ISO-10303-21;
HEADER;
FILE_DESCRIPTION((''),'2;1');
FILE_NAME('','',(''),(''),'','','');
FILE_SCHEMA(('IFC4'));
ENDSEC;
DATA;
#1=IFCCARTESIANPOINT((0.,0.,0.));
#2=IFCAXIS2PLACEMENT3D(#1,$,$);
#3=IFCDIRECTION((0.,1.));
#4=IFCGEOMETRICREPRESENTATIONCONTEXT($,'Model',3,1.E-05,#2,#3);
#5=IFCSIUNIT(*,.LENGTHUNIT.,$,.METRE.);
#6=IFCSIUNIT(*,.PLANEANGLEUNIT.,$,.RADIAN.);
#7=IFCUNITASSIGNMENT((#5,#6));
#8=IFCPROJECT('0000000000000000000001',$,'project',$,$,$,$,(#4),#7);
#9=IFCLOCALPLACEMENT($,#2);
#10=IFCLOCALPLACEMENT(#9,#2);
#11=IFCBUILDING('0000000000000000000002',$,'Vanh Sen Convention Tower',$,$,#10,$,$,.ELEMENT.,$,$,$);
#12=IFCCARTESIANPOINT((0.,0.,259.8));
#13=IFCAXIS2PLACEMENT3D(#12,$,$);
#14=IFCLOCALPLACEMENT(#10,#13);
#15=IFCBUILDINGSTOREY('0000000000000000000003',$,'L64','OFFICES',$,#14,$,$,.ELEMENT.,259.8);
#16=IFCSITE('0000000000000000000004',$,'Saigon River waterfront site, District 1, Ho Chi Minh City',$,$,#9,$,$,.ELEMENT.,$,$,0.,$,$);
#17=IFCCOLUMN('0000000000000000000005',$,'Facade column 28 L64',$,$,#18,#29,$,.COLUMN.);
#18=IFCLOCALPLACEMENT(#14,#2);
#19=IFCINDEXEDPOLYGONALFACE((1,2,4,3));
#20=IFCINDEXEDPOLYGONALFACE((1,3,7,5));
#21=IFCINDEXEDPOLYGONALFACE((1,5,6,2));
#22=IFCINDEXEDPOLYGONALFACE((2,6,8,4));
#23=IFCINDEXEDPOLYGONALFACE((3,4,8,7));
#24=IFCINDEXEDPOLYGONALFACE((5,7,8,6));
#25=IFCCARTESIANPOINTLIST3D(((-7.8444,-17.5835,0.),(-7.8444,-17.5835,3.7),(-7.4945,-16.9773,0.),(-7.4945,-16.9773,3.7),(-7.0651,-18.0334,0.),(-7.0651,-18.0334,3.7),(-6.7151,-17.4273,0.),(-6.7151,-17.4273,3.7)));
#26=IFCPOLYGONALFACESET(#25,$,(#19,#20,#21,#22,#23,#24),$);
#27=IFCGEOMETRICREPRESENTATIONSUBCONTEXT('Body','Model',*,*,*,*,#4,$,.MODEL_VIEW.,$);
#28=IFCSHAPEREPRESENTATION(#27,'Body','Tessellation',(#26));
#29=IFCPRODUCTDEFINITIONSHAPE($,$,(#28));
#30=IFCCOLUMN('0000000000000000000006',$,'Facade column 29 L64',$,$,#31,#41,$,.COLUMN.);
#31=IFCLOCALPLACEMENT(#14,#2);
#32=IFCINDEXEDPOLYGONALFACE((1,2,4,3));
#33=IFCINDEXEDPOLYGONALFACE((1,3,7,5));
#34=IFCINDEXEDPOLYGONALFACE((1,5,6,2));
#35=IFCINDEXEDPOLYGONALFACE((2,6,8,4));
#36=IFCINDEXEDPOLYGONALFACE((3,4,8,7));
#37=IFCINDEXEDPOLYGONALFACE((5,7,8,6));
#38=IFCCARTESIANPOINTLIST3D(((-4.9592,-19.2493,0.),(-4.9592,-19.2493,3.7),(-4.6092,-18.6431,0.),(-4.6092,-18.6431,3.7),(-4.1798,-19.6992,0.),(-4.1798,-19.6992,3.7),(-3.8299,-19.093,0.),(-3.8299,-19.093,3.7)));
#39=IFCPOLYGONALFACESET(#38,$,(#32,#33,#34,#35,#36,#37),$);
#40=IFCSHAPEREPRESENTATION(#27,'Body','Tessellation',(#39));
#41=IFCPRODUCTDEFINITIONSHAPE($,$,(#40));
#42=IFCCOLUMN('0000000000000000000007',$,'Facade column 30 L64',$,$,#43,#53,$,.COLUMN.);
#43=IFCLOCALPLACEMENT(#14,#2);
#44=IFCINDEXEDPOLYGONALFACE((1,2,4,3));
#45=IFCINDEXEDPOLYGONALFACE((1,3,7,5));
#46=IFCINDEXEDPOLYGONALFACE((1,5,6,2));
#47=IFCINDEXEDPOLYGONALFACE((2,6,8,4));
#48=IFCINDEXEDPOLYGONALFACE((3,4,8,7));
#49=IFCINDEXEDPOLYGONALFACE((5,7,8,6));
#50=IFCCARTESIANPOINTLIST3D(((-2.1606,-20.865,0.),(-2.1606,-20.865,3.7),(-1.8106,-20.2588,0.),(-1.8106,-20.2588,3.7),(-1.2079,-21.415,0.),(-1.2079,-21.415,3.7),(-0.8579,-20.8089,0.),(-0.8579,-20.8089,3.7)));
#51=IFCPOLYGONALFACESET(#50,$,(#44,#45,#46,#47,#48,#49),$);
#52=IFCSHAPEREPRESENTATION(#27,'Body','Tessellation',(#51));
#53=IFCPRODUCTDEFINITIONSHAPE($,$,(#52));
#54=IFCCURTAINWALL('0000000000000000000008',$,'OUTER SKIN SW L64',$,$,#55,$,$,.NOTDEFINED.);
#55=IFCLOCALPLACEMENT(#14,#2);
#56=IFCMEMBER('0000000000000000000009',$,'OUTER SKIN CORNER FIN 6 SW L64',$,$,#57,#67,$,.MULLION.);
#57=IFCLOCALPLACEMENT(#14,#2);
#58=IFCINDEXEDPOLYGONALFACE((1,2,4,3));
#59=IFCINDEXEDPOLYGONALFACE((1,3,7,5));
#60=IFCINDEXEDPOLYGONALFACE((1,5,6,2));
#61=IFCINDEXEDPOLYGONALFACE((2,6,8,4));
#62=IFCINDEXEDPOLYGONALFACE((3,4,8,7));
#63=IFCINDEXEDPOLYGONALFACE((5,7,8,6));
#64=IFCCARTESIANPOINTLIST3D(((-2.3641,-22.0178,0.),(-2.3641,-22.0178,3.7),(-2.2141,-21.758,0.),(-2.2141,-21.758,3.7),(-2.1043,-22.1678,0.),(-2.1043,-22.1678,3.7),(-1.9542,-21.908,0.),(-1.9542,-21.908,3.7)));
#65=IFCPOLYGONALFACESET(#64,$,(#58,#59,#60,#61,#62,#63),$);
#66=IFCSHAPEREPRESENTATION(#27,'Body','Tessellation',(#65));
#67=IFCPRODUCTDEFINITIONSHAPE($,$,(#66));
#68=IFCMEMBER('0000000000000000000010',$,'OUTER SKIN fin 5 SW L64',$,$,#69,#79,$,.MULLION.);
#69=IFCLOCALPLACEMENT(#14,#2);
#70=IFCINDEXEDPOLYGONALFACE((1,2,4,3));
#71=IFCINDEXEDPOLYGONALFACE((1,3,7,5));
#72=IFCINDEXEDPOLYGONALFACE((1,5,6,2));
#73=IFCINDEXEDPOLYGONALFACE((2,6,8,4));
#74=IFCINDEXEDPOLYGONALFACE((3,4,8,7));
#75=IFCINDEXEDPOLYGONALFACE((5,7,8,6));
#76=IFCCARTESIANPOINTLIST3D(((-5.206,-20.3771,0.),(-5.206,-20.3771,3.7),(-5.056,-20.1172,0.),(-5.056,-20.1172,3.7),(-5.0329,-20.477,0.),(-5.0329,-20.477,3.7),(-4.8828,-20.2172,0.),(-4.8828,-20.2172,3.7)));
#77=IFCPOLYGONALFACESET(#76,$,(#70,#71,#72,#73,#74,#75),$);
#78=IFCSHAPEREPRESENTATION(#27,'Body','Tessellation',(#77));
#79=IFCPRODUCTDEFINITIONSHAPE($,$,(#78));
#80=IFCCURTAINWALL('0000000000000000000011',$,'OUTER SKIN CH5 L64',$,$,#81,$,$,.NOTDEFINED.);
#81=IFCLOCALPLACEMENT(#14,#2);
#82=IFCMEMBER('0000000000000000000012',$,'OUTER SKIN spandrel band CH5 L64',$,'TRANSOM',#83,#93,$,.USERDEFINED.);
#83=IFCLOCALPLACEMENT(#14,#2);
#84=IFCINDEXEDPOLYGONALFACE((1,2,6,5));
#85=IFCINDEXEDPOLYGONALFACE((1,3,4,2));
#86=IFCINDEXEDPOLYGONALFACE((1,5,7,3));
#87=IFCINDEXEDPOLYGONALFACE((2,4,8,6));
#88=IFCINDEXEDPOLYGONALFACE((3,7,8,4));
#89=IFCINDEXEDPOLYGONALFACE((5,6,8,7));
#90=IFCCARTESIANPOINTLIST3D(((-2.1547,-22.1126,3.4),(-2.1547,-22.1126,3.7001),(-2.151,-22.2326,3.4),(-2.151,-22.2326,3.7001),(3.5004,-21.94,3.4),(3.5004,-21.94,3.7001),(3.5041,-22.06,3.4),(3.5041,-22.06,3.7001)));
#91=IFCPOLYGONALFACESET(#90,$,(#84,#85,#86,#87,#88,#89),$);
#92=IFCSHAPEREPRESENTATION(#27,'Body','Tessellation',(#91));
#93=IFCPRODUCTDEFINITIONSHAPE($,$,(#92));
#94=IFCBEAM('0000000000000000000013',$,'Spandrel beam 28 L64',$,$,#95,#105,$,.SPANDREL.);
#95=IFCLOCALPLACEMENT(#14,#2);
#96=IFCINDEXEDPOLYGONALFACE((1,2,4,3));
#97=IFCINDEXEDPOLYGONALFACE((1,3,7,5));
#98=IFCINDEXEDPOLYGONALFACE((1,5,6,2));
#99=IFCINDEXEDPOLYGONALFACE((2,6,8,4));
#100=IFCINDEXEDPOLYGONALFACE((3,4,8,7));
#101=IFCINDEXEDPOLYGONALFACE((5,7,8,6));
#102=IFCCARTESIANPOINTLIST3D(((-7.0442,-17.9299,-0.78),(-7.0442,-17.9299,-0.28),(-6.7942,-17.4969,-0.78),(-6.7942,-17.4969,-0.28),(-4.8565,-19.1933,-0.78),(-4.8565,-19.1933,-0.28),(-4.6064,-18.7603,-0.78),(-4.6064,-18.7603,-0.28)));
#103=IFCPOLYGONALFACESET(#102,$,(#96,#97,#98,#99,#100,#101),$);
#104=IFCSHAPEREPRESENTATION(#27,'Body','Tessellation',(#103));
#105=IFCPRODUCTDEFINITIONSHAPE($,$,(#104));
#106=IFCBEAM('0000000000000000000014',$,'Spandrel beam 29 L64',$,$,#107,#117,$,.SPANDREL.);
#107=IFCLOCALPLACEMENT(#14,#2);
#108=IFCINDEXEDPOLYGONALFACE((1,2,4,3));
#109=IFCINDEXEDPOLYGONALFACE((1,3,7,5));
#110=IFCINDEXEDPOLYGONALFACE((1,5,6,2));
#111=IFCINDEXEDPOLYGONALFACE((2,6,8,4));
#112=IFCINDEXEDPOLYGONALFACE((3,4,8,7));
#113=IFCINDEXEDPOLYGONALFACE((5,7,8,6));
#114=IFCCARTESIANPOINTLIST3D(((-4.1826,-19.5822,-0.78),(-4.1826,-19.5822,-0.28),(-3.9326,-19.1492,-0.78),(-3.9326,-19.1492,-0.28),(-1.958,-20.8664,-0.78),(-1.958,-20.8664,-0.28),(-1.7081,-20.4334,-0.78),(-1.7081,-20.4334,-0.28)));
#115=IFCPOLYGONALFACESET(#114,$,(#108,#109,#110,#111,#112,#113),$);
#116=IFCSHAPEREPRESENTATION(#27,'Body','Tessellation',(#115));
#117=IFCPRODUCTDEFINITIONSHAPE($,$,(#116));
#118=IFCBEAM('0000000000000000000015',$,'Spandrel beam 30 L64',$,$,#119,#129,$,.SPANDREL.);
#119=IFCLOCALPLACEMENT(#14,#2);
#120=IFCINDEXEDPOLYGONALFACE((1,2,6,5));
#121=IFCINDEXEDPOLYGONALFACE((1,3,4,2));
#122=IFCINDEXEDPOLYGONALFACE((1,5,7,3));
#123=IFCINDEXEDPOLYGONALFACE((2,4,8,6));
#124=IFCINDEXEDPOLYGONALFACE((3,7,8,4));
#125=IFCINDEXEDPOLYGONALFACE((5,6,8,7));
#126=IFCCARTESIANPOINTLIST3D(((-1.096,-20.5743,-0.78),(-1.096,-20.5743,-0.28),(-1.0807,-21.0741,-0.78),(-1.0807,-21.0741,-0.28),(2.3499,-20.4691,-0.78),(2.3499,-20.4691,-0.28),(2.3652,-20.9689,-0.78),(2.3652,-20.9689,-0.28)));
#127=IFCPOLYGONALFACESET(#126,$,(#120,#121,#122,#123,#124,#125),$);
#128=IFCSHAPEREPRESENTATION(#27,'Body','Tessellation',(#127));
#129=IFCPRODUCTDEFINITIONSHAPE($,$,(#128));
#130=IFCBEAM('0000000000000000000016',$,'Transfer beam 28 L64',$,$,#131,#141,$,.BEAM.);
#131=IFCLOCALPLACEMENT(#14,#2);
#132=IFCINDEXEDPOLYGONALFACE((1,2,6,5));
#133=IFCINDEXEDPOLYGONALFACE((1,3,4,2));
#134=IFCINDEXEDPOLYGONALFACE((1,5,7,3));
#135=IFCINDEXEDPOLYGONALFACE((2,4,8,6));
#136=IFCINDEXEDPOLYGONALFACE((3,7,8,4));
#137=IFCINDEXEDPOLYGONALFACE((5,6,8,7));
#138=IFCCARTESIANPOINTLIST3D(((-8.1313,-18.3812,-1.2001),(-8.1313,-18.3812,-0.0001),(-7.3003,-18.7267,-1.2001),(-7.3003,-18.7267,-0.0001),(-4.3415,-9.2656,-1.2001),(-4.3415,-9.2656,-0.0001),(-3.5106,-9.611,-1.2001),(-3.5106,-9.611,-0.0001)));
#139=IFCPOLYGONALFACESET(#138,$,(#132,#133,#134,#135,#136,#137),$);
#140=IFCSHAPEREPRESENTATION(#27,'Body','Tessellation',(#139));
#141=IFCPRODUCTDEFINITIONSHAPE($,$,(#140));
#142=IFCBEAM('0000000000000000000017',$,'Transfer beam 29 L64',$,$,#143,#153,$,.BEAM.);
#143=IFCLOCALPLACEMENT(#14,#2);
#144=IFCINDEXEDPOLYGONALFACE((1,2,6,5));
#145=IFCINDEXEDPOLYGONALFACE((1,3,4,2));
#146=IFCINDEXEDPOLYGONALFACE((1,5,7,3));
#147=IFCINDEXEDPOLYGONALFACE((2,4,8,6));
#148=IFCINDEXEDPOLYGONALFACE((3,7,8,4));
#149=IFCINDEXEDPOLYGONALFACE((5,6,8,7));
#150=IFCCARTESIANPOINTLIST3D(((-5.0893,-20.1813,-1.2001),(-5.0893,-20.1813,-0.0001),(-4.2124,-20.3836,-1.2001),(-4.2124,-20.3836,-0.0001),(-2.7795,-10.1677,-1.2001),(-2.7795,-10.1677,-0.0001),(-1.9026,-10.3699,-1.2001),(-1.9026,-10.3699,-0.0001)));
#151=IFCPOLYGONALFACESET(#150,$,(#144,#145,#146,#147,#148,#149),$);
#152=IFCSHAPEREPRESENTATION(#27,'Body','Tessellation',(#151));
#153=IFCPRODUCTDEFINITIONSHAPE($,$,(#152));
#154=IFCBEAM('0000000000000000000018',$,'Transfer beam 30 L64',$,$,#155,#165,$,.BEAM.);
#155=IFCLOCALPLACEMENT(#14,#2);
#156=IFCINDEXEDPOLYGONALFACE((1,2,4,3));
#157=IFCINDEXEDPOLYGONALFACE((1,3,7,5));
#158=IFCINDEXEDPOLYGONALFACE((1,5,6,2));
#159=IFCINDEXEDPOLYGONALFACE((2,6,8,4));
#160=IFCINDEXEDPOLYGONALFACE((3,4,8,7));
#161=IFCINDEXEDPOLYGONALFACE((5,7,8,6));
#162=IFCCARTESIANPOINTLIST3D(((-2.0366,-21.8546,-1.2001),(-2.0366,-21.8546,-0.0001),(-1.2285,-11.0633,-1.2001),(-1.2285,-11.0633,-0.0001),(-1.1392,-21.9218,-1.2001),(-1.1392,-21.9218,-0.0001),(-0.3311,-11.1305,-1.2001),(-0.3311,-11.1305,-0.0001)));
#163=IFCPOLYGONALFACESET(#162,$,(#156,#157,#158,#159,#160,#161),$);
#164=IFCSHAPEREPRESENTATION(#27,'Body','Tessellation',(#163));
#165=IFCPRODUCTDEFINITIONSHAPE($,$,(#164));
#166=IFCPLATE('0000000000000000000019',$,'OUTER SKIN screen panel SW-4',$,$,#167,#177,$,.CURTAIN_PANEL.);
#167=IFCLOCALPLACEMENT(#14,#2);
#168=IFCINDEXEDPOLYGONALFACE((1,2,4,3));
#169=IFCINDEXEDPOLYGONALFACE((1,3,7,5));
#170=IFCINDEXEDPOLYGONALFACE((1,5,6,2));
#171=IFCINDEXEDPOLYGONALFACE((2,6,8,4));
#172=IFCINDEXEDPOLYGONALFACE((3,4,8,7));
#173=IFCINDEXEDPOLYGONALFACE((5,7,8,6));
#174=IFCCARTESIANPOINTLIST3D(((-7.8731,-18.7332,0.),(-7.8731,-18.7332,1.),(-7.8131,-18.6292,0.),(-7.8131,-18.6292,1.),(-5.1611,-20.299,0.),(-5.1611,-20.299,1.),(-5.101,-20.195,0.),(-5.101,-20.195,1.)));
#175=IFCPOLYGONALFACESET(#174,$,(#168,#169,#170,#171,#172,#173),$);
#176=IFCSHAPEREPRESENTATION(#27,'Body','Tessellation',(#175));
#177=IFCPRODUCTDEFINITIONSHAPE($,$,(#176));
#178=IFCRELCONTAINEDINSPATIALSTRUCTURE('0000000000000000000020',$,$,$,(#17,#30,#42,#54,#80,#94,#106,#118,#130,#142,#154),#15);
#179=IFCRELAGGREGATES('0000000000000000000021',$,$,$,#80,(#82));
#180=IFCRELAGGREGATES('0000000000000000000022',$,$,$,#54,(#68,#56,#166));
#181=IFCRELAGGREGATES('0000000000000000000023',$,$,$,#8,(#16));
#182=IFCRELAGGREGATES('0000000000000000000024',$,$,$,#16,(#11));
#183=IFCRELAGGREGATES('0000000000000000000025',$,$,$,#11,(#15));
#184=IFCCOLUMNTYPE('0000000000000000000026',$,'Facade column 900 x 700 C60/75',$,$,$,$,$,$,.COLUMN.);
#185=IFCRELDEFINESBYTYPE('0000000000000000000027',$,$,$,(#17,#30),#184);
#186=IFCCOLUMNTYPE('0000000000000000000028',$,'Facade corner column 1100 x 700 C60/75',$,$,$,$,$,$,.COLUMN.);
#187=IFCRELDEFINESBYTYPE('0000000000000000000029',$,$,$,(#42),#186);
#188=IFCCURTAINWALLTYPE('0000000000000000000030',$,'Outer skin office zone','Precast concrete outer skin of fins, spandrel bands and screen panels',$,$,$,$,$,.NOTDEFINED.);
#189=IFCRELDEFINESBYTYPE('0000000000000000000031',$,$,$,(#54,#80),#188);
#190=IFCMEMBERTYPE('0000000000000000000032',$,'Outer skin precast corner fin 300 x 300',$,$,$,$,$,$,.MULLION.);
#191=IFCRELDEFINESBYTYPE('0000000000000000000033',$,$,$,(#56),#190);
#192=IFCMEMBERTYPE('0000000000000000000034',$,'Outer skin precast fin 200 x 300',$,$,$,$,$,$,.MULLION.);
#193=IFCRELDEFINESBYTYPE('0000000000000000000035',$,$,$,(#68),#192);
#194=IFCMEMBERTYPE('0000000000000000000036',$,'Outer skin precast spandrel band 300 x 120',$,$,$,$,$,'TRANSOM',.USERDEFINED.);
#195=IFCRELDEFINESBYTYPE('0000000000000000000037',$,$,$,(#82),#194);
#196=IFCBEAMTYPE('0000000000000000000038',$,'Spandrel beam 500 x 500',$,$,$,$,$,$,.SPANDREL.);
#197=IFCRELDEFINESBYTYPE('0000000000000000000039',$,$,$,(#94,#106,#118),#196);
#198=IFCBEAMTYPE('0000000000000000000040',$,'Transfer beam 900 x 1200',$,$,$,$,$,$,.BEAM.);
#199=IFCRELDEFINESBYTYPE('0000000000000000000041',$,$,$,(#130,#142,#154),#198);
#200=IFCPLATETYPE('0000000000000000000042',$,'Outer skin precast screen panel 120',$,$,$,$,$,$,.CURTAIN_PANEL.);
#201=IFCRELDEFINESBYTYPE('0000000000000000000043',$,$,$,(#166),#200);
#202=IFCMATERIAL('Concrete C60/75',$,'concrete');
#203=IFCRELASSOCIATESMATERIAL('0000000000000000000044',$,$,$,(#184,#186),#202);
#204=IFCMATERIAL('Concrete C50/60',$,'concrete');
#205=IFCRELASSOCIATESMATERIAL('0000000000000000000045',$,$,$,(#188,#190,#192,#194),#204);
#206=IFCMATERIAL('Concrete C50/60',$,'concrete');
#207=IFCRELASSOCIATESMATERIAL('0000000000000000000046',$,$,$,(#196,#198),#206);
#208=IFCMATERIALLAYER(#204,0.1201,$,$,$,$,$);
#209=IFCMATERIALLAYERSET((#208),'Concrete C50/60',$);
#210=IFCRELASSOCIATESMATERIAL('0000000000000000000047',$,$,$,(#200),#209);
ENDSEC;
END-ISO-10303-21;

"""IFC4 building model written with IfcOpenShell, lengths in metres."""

from ifc_helpers import new_model, si_unit, direction, frame, origin, origin_2d, place, context, subcontext, project, spatial, rectangle, extrude, material, layer, layer_set, material_profile, profile_set, type_object, element, aggregate, save


model = new_model("IFC4")

# Units and contexts
model_context = context("Model", 3, precision=1e-05, world=origin(), true_north=direction((0.0, 1.0)))
body_context = subcontext(model_context, "Body", "Model", "MODEL_VIEW")
ifc_project = project(units=[si_unit("LENGTHUNIT", "METRE"), si_unit("PLANEANGLEUNIT", "RADIAN")], contexts=[model_context])

# Site, building, storey
site_placement = place(None, origin())
site = spatial("IfcSite", under=ifc_project, at=site_placement, Name="Saigon River waterfront site, District 1, Ho Chi Minh City", CompositionType="ELEMENT", RefElevation=0.0)
building_placement = place(site_placement, origin())
building = spatial("IfcBuilding", under=site, at=building_placement, Name="Vanh Sen Convention Tower", CompositionType="ELEMENT")
storey_placement = place(building_placement, frame((0.0, 0.0, 259.8)))
storey = spatial("IfcBuildingStorey", under=building, at=storey_placement, Name="L64", Description="OFFICES", CompositionType="ELEMENT", Elevation=259.8)

# Columns
ifc_material_1 = material(Name="Concrete C60/75", Category="concrete")
ifc_material_profile_1 = material_profile(ifc_material_1, rectangle(XDim=0.8999, YDim=0.7, at=origin_2d()), Name="RC 900X700")
ifc_profile_set_1 = profile_set([ifc_material_profile_1], Name="Concrete C60/75")
column_type_1 = type_object("IfcColumnType", Name="Facade column 900 x 700 C60/75", PredefinedType="COLUMN", material=ifc_profile_set_1)
for number, where, z_axis, x_axis, name in (
    (1, (-7.2798, -17.5054, 0.0), (0.0, 0.0, 1.0), (0.866025, -0.5, 0.0), "Facade column 28 L64"),
    (2, (-4.3945, -19.1711, 0.0), (0.0, 0.0, 1.0), (0.866025, -0.5, 0.0), "Facade column 29 L64"),
):
    element("IfcColumn", number, at=place(storey_placement, frame(where, z_axis=z_axis, x_axis=x_axis)), inside=storey, type_object=column_type_1, Name=name, PredefinedType="COLUMN", context=body_context, shape_type="SweptSolid", body=[
        extrude(rectangle(XDim=0.8999, YDim=0.7, at=origin_2d()), origin(), (0.0, 0.0, 1.0), 3.7),
    ])
ifc_material_profile_2 = material_profile(ifc_material_1, rectangle(XDim=1.1001, YDim=0.7, at=origin_2d()), Name="RC 1100X700")
ifc_profile_set_2 = profile_set([ifc_material_profile_2], Name="Concrete C60/75")
column_type_2 = type_object("IfcColumnType", Name="Facade corner column 1100 x 700 C60/75", PredefinedType="COLUMN", material=ifc_profile_set_2)
column_placement = place(storey_placement, frame((-1.5093, -20.8369, 0.0), z_axis=(0.0, 0.0, 1.0), x_axis=(0.866025, -0.5, 0.0)))
element("IfcColumn", 3, at=column_placement, inside=storey, type_object=column_type_2, Name="Facade column 30 L64", PredefinedType="COLUMN", context=body_context, shape_type="SweptSolid", body=[
    extrude(rectangle(XDim=1.1001, YDim=0.7, at=origin_2d()), origin(), (0.0, 0.0, 1.0), 3.7),
])

# Curtain wall, members
ifc_material_2 = material(Name="Concrete C50/60", Category="concrete")
curtain_wall_type = type_object("IfcCurtainWallType", Name="Outer skin office zone", Description="Precast concrete outer skin of fins, spandrel bands and screen panels", PredefinedType="NOTDEFINED", material=ifc_material_2)
curtain_wall_1_placement = place(storey_placement, origin())
curtain_wall_1 = element("IfcCurtainWall", 4, at=curtain_wall_1_placement, inside=storey, type_object=curtain_wall_type, Name="OUTER SKIN SW L64", PredefinedType="NOTDEFINED")
ifc_material_profile_3 = material_profile(ifc_material_2, rectangle(XDim=0.3, YDim=0.3, at=origin_2d()), Name="Outer skin precast corner fin 300 x 300")
ifc_profile_set_3 = profile_set([ifc_material_profile_3], Name="Concrete C50/60")
member_type_1 = type_object("IfcMemberType", Name="Outer skin precast corner fin 300 x 300", PredefinedType="MULLION", material=ifc_profile_set_3)
member_1_placement = place(storey_placement, frame((-2.1592, -21.9629, 0.0), z_axis=(0.0, 0.0, 1.0), x_axis=(0.866025, -0.5, 0.0)))
member_1 = element("IfcMember", 5, at=member_1_placement, type_object=member_type_1, Name="OUTER SKIN CORNER FIN 6 SW L64", PredefinedType="MULLION", context=body_context, shape_type="SweptSolid", body=[
    extrude(rectangle(XDim=0.3, YDim=0.3, at=origin_2d()), origin(), (0.0, 0.0, 1.0), 3.7),
])
ifc_material_profile_4 = material_profile(ifc_material_2, rectangle(XDim=0.2, YDim=0.3, at=origin_2d()), Name="Outer skin precast fin 200 x 300")
ifc_profile_set_4 = profile_set([ifc_material_profile_4], Name="Concrete C50/60")
member_type_2 = type_object("IfcMemberType", Name="Outer skin precast fin 200 x 300", PredefinedType="MULLION", material=ifc_profile_set_4)
member_2_placement = place(storey_placement, frame((-5.0444, -20.2971, 0.0), z_axis=(0.0, 0.0, 1.0), x_axis=(0.866025, -0.5, 0.0)))
member_2 = element("IfcMember", 6, at=member_2_placement, type_object=member_type_2, Name="OUTER SKIN fin 5 SW L64", PredefinedType="MULLION", context=body_context, shape_type="SweptSolid", body=[
    extrude(rectangle(XDim=0.2, YDim=0.3, at=origin_2d()), origin(), (0.0, 0.0, 1.0), 3.7),
])

# Curtain wall, member
curtain_wall_2_placement = place(storey_placement, origin())
curtain_wall_2 = element("IfcCurtainWall", 7, at=curtain_wall_2_placement, inside=storey, type_object=curtain_wall_type, Name="OUTER SKIN CH5 L64", PredefinedType="NOTDEFINED")
ifc_material_profile_5 = material_profile(ifc_material_2, rectangle(XDim=0.1201, YDim=0.3, at=origin_2d()), Name="Outer skin precast spandrel band 300 x 120")
ifc_profile_set_5 = profile_set([ifc_material_profile_5], Name="Concrete C50/60")
member_type_3 = type_object("IfcMemberType", Name="Outer skin precast spandrel band 300 x 120", ElementType="TRANSOM", PredefinedType="USERDEFINED", material=ifc_profile_set_5)
member_3_placement = place(storey_placement, frame((-2.1528, -22.1726, 3.55), z_axis=(0.999535, 0.030509, 0.0), x_axis=(-0.030509, 0.999535, 0.0)))
member_3 = element("IfcMember", 8, at=member_3_placement, type_object=member_type_3, Name="OUTER SKIN spandrel band CH5 L64", ObjectType="TRANSOM", PredefinedType="USERDEFINED", context=body_context, shape_type="SweptSolid", body=[
    extrude(rectangle(XDim=0.1201, YDim=0.3, at=origin_2d()), origin(), (0.0, 0.0, 1.0), 5.6577),
])
aggregate(curtain_wall_2, [member_3])

# Beams
ifc_material_3 = material(Name="Concrete C50/60", Category="concrete")
ifc_material_profile_6 = material_profile(ifc_material_3, rectangle(XDim=0.5, YDim=0.5, at=origin_2d()), Name="RC 500X500")
ifc_profile_set_6 = profile_set([ifc_material_profile_6], Name="Concrete C50/60")
beam_type_1 = type_object("IfcBeamType", Name="Spandrel beam 500 x 500", PredefinedType="SPANDREL", material=ifc_profile_set_6)
beam_1_placement = place(storey_placement, frame((-6.9192, -17.7134, -0.53), z_axis=(0.865968, -0.500099, 0.0), x_axis=(0.500099, 0.865968, 0.0)))
element("IfcBeam", 9, at=beam_1_placement, inside=storey, type_object=beam_type_1, Name="Spandrel beam 28 L64", PredefinedType="SPANDREL", context=body_context, shape_type="SweptSolid", body=[
    extrude(rectangle(XDim=0.5, YDim=0.5, at=origin_2d()), origin(), (0.0, 0.0, 1.0), 2.5264),
])
beam_2_placement = place(storey_placement, frame((-4.0576, -19.3657, -0.53), z_axis=(0.866059, -0.499942, 0.0), x_axis=(0.499942, 0.866059, 0.0)))
element("IfcBeam", 10, at=beam_2_placement, inside=storey, type_object=beam_type_1, Name="Spandrel beam 29 L64", PredefinedType="SPANDREL", context=body_context, shape_type="SweptSolid", body=[
    extrude(rectangle(XDim=0.5, YDim=0.5, at=origin_2d()), origin(), (0.0, 0.0, 1.0), 2.5686),
])
beam_3_placement = place(storey_placement, frame((-1.0884, -20.8242, -0.53), z_axis=(0.999534, 0.030523, 0.0), x_axis=(-0.030523, 0.999534, 0.0)))
element("IfcBeam", 11, at=beam_3_placement, inside=storey, type_object=beam_type_1, Name="Spandrel beam 30 L64", PredefinedType="SPANDREL", context=body_context, shape_type="SweptSolid", body=[
    extrude(rectangle(XDim=0.5, YDim=0.5, at=origin_2d()), origin(), (0.0, 0.0, 1.0), 3.4475),
])
ifc_material_profile_7 = material_profile(ifc_material_3, rectangle(XDim=0.8999, YDim=1.2, at=origin_2d()), Name="RC 900X1200")
ifc_profile_set_7 = profile_set([ifc_material_profile_7], Name="Concrete C50/60")
beam_type_2 = type_object("IfcBeamType", Name="Transfer beam 900 x 1200", PredefinedType="BEAM", material=ifc_profile_set_7)
beam_4_placement = place(storey_placement, frame((-7.7158, -18.554, -0.6001), z_axis=(0.383888, 0.92338, 0.0), x_axis=(-0.92338, 0.383888, 0.0)))
element("IfcBeam", 12, at=beam_4_placement, inside=storey, type_object=beam_type_2, Name="Transfer beam 28 L64", PredefinedType="BEAM", context=body_context, shape_type="SweptSolid", body=[
    extrude(rectangle(XDim=0.8999, YDim=1.2, at=origin_2d()), origin(), (0.0, 0.0, 1.0), 9.8721),
])
beam_5_placement = place(storey_placement, frame((-4.6509, -20.2825, -0.6001), z_axis=(0.224764, 0.974413, 0.0), x_axis=(-0.974413, 0.224764, 0.0)))
element("IfcBeam", 13, at=beam_5_placement, inside=storey, type_object=beam_type_2, Name="Transfer beam 29 L64", PredefinedType="BEAM", context=body_context, shape_type="SweptSolid", body=[
    extrude(rectangle(XDim=0.8999, YDim=1.2, at=origin_2d()), origin(), (0.0, 0.0, 1.0), 10.2766),
])
beam_6_placement = place(storey_placement, frame((-1.5879, -21.8882, -0.6001), z_axis=(0.074676, 0.997208, 0.0), x_axis=(-0.997208, 0.074676, 0.0)))
element("IfcBeam", 14, at=beam_6_placement, inside=storey, type_object=beam_type_2, Name="Transfer beam 30 L64", PredefinedType="BEAM", context=body_context, shape_type="SweptSolid", body=[
    extrude(rectangle(XDim=0.8999, YDim=1.2, at=origin_2d()), origin(), (0.0, 0.0, 1.0), 10.8215),
])

# Plate
ifc_layer_1 = layer(ifc_material_2, 0.1201)
ifc_layer_set_1 = layer_set([ifc_layer_1], Name="Concrete C50/60")
plate_type = type_object("IfcPlateType", Name="Outer skin precast screen panel 120", PredefinedType="CURTAIN_PANEL", material=ifc_layer_set_1)
plate_1_placement = place(storey_placement, frame((-6.4871, -19.4641, 0.0), z_axis=(0.0, 0.0, 1.0), x_axis=(0.866029, -0.499994, 0.0)))
plate_1 = element("IfcPlate", 15, at=plate_1_placement, type_object=plate_type, Name="OUTER SKIN screen panel SW-4", PredefinedType="CURTAIN_PANEL", context=body_context, shape_type="SweptSolid", body=[
    extrude(rectangle(XDim=3.1316, YDim=0.1201, at=origin_2d()), origin(), (0.0, 0.0, 1.0), 1.0),
])
aggregate(curtain_wall_1, [member_2, member_1, plate_1])

save(model, "model.ifc")
